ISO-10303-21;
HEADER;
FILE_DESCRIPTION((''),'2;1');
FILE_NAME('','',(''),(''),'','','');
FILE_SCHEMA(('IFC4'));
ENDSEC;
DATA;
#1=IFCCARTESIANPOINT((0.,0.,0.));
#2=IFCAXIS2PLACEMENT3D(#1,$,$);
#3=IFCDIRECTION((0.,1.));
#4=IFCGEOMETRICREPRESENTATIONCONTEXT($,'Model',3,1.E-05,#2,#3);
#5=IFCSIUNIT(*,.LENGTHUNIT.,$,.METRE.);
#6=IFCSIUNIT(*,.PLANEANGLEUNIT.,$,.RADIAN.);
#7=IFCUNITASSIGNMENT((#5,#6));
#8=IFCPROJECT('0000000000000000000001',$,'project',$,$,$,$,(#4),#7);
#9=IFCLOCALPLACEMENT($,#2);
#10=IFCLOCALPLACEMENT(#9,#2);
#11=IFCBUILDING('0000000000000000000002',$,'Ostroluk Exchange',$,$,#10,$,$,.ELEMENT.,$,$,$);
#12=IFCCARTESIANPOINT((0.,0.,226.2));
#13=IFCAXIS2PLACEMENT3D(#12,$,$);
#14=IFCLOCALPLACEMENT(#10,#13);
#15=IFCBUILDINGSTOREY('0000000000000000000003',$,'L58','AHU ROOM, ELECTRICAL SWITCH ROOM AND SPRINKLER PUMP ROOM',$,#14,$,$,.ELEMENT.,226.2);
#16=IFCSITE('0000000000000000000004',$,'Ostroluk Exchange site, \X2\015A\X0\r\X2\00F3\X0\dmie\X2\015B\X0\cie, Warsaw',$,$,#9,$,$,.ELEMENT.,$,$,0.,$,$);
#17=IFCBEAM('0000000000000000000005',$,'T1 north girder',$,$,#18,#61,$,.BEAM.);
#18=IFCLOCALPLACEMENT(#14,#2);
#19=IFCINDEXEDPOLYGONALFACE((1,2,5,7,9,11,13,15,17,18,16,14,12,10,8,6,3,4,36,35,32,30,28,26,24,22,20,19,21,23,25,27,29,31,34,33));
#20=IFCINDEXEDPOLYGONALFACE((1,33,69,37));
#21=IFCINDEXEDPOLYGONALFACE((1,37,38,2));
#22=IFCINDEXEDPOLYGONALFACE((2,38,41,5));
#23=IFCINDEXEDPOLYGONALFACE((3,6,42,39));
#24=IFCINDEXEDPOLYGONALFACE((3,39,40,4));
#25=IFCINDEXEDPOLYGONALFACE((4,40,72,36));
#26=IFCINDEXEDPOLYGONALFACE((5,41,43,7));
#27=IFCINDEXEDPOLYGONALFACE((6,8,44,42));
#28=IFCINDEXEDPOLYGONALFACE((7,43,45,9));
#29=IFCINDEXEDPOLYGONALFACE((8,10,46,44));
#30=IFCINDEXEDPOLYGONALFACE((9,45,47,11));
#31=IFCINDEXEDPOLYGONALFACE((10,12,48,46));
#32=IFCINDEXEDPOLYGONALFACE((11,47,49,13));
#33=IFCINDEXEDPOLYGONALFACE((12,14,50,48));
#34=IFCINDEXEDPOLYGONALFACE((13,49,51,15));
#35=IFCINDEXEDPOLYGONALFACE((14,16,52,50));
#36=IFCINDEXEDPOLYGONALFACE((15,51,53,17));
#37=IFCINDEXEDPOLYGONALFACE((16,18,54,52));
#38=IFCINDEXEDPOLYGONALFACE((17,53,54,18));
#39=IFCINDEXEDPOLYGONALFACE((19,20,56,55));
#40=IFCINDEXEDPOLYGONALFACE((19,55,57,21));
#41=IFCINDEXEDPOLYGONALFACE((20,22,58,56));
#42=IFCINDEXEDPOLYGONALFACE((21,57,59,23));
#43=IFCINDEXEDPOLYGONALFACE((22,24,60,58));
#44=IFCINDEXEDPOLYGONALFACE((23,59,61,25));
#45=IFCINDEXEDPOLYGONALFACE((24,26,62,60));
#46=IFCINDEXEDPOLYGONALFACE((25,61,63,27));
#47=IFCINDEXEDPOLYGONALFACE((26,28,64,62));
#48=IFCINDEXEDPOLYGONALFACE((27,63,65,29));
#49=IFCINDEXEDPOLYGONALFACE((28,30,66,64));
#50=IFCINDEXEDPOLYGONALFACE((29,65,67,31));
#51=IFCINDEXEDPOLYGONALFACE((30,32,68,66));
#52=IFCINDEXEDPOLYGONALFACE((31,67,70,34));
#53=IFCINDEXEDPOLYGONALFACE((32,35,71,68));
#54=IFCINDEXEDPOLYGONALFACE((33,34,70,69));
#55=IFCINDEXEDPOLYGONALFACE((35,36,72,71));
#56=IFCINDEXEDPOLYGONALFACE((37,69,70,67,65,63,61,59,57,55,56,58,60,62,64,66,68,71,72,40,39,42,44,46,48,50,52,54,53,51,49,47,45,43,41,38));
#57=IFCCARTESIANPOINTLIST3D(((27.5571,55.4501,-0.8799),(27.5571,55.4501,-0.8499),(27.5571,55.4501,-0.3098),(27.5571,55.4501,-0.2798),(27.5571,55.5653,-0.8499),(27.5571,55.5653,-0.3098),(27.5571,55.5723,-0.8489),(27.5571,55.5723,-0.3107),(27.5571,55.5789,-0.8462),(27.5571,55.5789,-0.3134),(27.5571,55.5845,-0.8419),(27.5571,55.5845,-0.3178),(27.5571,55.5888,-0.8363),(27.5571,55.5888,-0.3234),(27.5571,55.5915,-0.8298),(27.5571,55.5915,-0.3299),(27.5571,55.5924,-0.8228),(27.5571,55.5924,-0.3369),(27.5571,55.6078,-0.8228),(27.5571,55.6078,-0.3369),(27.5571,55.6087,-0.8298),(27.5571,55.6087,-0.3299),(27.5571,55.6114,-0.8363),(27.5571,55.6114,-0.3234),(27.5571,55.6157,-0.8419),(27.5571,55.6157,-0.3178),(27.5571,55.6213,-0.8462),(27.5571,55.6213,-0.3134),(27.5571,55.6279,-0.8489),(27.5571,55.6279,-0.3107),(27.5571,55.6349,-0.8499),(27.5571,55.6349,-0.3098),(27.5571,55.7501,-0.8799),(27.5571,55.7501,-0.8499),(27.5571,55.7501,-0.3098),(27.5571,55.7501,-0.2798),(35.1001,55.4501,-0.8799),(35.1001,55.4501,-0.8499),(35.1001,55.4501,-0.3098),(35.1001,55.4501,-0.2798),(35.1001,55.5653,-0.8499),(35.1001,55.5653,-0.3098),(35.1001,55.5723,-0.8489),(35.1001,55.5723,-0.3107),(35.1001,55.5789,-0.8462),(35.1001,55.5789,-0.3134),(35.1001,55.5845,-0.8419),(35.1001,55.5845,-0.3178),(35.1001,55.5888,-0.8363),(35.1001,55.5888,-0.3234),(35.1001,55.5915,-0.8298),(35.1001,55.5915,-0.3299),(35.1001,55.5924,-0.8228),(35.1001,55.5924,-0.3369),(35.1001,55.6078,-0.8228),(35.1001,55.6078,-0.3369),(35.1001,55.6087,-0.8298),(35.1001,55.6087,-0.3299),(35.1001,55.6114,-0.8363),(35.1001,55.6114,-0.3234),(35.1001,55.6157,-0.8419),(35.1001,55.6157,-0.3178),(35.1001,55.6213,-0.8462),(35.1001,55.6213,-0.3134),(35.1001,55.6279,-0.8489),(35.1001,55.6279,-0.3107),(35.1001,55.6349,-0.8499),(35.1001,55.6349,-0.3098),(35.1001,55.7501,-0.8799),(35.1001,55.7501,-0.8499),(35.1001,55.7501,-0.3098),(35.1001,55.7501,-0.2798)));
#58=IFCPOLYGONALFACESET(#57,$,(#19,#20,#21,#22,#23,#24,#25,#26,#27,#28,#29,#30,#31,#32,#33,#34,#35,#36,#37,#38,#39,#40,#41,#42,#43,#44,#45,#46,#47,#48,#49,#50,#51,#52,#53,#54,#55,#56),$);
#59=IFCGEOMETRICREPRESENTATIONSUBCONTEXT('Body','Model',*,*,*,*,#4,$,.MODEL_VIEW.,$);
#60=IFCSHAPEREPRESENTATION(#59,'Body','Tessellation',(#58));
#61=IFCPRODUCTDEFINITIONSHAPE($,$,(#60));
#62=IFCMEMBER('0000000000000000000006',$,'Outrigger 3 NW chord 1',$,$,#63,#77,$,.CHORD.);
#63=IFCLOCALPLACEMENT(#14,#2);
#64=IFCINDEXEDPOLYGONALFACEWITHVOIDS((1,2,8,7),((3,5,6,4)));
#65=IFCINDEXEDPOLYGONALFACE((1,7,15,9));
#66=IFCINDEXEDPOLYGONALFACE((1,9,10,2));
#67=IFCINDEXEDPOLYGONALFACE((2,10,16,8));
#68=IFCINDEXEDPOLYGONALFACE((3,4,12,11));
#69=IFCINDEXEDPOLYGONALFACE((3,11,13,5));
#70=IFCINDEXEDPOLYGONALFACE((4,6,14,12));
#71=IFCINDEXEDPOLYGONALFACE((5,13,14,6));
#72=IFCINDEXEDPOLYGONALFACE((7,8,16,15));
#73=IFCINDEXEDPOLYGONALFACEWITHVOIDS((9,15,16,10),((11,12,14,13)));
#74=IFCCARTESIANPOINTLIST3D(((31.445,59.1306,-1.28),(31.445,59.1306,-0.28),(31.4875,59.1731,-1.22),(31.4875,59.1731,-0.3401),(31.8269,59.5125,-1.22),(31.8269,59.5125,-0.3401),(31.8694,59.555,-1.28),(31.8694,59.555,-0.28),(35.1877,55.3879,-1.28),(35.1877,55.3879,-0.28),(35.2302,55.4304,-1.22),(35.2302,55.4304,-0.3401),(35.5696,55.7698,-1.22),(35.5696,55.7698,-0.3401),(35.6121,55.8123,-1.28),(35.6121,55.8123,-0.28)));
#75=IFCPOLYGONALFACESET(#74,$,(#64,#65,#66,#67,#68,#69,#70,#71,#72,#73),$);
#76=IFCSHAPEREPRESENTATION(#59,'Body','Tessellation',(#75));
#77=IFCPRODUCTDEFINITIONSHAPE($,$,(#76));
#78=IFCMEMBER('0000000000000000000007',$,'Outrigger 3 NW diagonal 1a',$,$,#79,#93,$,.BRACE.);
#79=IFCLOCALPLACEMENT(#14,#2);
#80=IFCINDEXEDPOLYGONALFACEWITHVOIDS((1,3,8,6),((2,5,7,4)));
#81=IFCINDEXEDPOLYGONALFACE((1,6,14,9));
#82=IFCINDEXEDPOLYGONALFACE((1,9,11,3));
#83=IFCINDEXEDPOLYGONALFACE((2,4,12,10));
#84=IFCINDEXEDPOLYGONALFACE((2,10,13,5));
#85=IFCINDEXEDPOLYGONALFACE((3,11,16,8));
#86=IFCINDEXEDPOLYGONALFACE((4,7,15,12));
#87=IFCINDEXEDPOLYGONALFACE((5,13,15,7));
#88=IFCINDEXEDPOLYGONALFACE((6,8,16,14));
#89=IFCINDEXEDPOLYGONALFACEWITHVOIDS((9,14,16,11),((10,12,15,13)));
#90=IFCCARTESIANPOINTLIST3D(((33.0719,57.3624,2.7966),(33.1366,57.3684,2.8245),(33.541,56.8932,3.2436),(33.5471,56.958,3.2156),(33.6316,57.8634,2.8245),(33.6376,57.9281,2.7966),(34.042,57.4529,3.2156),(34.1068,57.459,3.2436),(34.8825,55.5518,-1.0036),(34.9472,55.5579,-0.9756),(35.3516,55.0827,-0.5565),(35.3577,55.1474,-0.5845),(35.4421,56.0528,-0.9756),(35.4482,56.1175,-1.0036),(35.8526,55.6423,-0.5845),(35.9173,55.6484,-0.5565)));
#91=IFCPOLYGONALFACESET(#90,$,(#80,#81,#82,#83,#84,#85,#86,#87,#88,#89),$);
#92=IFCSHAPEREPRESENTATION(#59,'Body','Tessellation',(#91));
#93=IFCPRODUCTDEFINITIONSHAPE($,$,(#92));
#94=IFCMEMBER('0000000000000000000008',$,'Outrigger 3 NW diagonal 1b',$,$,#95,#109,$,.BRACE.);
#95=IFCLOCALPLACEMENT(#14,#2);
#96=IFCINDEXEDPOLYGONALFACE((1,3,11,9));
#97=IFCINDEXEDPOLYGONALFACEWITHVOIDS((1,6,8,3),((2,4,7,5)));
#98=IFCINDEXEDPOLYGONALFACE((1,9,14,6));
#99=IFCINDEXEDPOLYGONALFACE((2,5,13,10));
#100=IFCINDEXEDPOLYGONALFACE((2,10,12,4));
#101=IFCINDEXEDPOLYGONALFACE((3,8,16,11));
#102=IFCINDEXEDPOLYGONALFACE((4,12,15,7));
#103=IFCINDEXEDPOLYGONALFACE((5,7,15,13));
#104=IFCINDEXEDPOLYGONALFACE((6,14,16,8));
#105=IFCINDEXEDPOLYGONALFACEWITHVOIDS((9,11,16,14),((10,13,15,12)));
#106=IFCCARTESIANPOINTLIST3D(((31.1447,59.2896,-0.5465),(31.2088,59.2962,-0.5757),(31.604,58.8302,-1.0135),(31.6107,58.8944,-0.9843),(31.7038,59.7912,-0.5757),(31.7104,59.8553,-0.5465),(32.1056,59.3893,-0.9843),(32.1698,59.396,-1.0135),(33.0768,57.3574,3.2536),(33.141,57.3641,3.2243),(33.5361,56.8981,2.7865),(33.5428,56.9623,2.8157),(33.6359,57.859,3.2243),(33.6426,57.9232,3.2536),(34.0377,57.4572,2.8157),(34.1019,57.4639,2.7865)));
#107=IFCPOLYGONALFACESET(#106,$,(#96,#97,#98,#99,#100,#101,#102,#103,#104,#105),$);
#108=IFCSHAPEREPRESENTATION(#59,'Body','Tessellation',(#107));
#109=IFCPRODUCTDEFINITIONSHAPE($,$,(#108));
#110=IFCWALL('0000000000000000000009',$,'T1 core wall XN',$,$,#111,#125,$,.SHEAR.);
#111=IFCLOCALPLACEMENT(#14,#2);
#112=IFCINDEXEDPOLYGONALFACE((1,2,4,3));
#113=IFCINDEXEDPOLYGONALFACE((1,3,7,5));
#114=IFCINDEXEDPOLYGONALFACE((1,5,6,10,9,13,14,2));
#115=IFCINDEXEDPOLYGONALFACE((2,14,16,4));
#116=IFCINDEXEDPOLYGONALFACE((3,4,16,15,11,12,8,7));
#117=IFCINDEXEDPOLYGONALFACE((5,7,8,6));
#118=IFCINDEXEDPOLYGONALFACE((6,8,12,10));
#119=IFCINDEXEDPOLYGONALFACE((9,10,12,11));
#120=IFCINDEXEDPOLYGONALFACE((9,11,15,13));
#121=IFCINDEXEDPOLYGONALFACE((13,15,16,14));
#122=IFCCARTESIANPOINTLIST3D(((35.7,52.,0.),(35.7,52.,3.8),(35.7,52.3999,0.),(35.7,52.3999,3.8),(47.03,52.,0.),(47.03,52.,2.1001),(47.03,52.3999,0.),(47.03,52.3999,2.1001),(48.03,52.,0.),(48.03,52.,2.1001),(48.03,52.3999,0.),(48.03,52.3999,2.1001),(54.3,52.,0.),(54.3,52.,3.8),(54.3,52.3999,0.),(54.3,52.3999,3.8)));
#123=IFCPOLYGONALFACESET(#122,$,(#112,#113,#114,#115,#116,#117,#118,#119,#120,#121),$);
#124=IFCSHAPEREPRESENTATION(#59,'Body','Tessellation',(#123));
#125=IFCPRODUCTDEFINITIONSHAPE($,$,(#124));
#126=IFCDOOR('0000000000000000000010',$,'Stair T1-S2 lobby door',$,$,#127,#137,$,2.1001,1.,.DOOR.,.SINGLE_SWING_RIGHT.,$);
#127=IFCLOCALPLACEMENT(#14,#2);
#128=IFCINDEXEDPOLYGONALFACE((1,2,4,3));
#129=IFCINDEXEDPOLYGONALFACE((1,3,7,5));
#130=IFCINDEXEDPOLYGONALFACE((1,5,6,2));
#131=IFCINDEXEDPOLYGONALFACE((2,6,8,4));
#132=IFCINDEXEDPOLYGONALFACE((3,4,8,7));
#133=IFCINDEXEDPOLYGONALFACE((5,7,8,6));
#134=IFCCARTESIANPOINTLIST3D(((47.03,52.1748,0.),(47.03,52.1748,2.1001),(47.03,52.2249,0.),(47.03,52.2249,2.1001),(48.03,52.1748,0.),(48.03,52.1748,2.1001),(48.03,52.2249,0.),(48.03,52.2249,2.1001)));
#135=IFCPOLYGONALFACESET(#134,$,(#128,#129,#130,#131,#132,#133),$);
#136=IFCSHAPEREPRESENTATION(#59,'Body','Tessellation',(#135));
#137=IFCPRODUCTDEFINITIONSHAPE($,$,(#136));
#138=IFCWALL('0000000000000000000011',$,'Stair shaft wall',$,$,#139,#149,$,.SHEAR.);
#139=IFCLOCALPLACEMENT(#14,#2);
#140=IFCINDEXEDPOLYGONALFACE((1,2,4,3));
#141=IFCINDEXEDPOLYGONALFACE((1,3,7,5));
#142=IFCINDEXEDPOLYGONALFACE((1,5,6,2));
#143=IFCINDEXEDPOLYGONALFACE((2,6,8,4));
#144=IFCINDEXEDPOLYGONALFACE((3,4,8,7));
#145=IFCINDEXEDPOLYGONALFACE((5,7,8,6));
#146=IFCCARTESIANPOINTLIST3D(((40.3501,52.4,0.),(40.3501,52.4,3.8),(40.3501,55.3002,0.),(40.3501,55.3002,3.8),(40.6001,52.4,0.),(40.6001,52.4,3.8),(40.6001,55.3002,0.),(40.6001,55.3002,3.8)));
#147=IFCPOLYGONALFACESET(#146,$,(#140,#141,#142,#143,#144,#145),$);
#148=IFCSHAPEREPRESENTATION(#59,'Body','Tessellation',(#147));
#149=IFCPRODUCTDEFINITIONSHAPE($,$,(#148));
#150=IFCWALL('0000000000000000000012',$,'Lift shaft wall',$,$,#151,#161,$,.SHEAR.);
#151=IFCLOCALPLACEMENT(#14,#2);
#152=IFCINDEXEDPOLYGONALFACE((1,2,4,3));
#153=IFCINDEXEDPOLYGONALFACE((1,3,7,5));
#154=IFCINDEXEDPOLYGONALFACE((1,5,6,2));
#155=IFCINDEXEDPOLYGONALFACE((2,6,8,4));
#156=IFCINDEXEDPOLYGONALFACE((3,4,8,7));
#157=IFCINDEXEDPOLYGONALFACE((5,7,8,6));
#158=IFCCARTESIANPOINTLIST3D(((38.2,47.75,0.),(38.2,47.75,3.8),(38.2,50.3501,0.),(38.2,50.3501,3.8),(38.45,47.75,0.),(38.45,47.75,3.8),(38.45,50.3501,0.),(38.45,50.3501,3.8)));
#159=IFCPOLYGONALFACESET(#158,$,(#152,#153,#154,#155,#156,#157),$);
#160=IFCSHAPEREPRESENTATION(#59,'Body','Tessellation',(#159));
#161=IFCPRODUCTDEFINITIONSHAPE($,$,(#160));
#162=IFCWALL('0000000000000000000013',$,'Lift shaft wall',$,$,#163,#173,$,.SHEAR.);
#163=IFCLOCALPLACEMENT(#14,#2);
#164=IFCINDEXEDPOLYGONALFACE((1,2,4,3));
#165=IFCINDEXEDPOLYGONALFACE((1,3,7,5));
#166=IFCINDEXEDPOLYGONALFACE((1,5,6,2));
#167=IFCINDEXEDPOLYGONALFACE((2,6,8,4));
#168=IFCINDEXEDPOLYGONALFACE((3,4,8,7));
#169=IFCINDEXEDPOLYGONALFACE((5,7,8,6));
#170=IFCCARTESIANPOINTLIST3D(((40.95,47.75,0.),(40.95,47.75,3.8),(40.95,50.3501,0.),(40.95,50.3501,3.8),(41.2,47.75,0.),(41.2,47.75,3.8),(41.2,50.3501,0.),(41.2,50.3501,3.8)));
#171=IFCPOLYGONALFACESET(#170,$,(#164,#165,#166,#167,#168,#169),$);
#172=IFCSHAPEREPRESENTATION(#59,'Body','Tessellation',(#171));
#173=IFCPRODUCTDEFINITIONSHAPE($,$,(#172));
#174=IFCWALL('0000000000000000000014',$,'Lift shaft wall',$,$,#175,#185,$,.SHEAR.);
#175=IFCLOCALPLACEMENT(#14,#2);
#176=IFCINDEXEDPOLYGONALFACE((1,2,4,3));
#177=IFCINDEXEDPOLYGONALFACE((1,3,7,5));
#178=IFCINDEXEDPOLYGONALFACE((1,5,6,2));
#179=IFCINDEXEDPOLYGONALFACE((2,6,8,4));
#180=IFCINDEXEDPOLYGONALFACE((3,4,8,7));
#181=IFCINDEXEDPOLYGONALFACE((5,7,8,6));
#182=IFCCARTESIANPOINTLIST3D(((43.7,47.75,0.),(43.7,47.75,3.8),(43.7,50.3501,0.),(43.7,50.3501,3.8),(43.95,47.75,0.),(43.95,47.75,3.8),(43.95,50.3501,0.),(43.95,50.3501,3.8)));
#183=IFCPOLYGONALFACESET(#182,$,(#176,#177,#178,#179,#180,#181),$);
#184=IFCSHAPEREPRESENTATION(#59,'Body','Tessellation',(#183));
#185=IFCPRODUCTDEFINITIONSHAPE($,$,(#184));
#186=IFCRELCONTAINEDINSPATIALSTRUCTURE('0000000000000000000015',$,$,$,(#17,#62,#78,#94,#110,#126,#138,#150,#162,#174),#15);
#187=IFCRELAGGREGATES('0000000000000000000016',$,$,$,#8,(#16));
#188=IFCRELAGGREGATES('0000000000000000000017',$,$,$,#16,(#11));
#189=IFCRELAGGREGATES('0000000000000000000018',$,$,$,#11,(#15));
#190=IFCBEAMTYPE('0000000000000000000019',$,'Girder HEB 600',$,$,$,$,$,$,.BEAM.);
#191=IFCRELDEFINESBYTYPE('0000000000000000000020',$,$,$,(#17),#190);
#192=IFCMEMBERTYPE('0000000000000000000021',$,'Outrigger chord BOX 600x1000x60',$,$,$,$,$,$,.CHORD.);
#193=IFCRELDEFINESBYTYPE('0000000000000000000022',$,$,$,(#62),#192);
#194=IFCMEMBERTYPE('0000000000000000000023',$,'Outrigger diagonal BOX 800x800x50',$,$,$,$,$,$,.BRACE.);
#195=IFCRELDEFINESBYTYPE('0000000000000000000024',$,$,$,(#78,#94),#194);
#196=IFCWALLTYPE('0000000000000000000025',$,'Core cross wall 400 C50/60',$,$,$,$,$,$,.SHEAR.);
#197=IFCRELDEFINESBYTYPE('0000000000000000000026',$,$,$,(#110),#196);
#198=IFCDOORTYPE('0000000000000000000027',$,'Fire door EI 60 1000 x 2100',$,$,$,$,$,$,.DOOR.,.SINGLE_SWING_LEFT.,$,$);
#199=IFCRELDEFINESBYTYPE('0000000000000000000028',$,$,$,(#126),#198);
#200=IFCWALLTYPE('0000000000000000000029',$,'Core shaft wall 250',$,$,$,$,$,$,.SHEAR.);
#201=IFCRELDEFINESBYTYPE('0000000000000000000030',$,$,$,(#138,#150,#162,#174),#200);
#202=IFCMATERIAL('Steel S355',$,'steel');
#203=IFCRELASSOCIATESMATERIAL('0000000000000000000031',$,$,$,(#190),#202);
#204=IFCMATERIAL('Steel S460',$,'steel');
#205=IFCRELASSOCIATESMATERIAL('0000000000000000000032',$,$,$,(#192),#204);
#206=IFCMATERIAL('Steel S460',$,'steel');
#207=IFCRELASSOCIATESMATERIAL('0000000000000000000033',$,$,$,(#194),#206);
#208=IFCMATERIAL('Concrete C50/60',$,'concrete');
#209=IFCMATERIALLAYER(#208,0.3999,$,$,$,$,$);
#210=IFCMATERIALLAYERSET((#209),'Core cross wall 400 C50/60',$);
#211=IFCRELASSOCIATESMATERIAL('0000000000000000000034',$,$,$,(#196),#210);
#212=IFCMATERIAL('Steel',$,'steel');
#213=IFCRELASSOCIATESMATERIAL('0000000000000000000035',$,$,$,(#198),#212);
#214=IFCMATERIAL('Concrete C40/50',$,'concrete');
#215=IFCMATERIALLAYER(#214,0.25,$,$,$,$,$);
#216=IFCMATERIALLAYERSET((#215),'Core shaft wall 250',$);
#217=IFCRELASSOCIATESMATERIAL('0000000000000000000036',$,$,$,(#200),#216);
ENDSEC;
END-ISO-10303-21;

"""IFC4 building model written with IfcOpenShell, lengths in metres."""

from ifc_helpers import new_model, si_unit, direction, frame, frame_2d, origin, origin_2d, place, context, subcontext, project, spatial, rectangle, hollow_rectangle, i_section, extrude, material, layer, layer_set, material_profile, profile_set, type_object, element, fill, save


model = new_model("IFC4")

# Units and contexts
model_context = context("Model", 3, precision=1e-05, world=origin(), true_north=direction((0.0, 1.0)))
body_context = subcontext(model_context, "Body", "Model", "MODEL_VIEW")
ifc_project = project(units=[si_unit("LENGTHUNIT", "METRE"), si_unit("PLANEANGLEUNIT", "RADIAN")], contexts=[model_context])

# Site, building, storey
site_placement = place(None, origin())
site = spatial("IfcSite", under=ifc_project, at=site_placement, Name="Ostroluk Exchange site, Śródmieście, Warsaw", CompositionType="ELEMENT", RefElevation=0.0)
building_placement = place(site_placement, origin())
building = spatial("IfcBuilding", under=site, at=building_placement, Name="Ostroluk Exchange", CompositionType="ELEMENT")
storey_placement = place(building_placement, frame((0.0, 0.0, 226.2)))
storey = spatial("IfcBuildingStorey", under=building, at=storey_placement, Name="L58", Description="AHU ROOM, ELECTRICAL SWITCH ROOM AND SPRINKLER PUMP ROOM", CompositionType="ELEMENT", Elevation=226.2)

# Beam
ifc_material_1 = material(Name="Steel S355", Category="steel")
ifc_material_profile_1 = material_profile(ifc_material_1, i_section(OverallWidth=0.3, OverallDepth=0.6001, WebThickness=0.0154, FlangeThickness=0.03, FilletRadius=0.0271, at=origin_2d()), Name="HEB 600")
ifc_profile_set_1 = profile_set([ifc_material_profile_1], Name="Steel S355")
beam_type_1 = type_object("IfcBeamType", Name="Girder HEB 600", PredefinedType="BEAM", material=ifc_profile_set_1)
beam_placement = place(storey_placement, frame((35.1001, 55.6001, -0.5798), z_axis=(-1.0, 0.0, 0.0), x_axis=(0.0, -1.0, 0.0)))
element("IfcBeam", 1, at=beam_placement, inside=storey, type_object=beam_type_1, Name="T1 north girder", PredefinedType="BEAM", context=body_context, shape_type="SweptSolid", body=[
    extrude(i_section(OverallWidth=0.3, OverallDepth=0.6001, WebThickness=0.0154, FlangeThickness=0.03, FilletRadius=0.0271, at=origin_2d()), origin(), (0.0, 0.0, 1.0), 7.543),
])

# Members
ifc_material_2 = material(Name="Steel S460", Category="steel")
ifc_material_profile_2 = material_profile(ifc_material_2, hollow_rectangle(XDim=0.6001, YDim=1.0, WallThickness=0.0601, at=origin_2d()), Name="BOX 600x1000x60")
ifc_profile_set_2 = profile_set([ifc_material_profile_2], Name="Steel S460")
member_type_1 = type_object("IfcMemberType", Name="Outrigger chord BOX 600x1000x60", PredefinedType="CHORD", material=ifc_profile_set_2)
member_1_placement = place(storey_placement, frame((35.3999, 55.6001, -0.78), z_axis=(-0.707107, 0.707107, 0.0), x_axis=(-0.707107, -0.707107, 0.0)))
element("IfcMember", 2, at=member_1_placement, inside=storey, type_object=member_type_1, Name="Outrigger 3 NW chord 1", PredefinedType="CHORD", context=body_context, shape_type="SweptSolid", body=[
    extrude(hollow_rectangle(XDim=0.6001, YDim=1.0, WallThickness=0.0601, at=origin_2d()), origin(), (0.0, 0.0, 1.0), 5.293),
])
ifc_material_3 = material(Name="Steel S460", Category="steel")
ifc_material_profile_3 = material_profile(ifc_material_3, hollow_rectangle(XDim=0.8, YDim=0.8, WallThickness=0.05, at=origin_2d()), Name="BOX 800x800x50")
ifc_profile_set_3 = profile_set([ifc_material_profile_3], Name="Steel S460")
member_type_2 = type_object("IfcMemberType", Name="Outrigger diagonal BOX 800x800x50", PredefinedType="BRACE", material=ifc_profile_set_3)
member_2_placement = place(storey_placement, frame((35.3999, 55.6001, -0.78), z_axis=(-0.395126, 0.395126, 0.829307), x_axis=(-0.707107, -0.707107, 0.0)))
element("IfcMember", 3, at=member_2_placement, inside=storey, type_object=member_type_2, Name="Outrigger 3 NW diagonal 1a", PredefinedType="BRACE", context=body_context, shape_type="SweptSolid", body=[
    extrude(hollow_rectangle(XDim=0.8, YDim=0.8, WallThickness=0.05, at=origin_2d()), origin(), (0.0, 0.0, 1.0), 4.5823),
])
member_3_placement = place(storey_placement, frame((33.5894, 57.4106, 3.02), z_axis=(-0.412808, 0.412808, -0.811898), x_axis=(-0.707107, -0.707107, 0.0)))
element("IfcMember", 4, at=member_3_placement, inside=storey, type_object=member_type_2, Name="Outrigger 3 NW diagonal 1b", PredefinedType="BRACE", context=body_context, shape_type="SweptSolid", body=[
    extrude(hollow_rectangle(XDim=0.8, YDim=0.8, WallThickness=0.05, at=origin_2d()), origin(), (0.0, 0.0, 1.0), 4.6804),
])

# Wall, opening, door
ifc_material_4 = material(Name="Concrete C50/60", Category="concrete")
ifc_layer_1 = layer(ifc_material_4, 0.3999)
ifc_layer_set_1 = layer_set([ifc_layer_1], Name="Core cross wall 400 C50/60")
wall_type_1 = type_object("IfcWallType", Name="Core cross wall 400 C50/60", PredefinedType="SHEAR", material=ifc_layer_set_1)
wall_1_placement = place(storey_placement, frame((35.7, 52.2, 0.0), z_axis=(0.0, 0.0, 1.0), x_axis=(1.0, 0.0, 0.0)))
wall_1 = element("IfcWall", 5, at=wall_1_placement, inside=storey, type_object=wall_type_1, Name="T1 core wall XN", PredefinedType="SHEAR", context=body_context, shape_type="SweptSolid", body=[
    extrude(rectangle(XDim=18.6001, YDim=0.3999, at=frame_2d((9.3, 0.0))), origin(), (0.0, 0.0, 1.0), 3.8),
])
opening_1_placement = place(wall_1_placement, frame((11.3301, 0.0, 0.0)))
opening_1 = element("IfcOpeningElement", 6, at=opening_1_placement, cuts=wall_1, PredefinedType="OPENING", context=body_context, shape_type="SweptSolid", body=[
    extrude(rectangle(XDim=1.0, YDim=2.1001, at=frame_2d((0.5, 1.05))), frame((0.0, 0.21, 0.0), z_axis=(0.0, -1.0, 0.0), x_axis=(1.0, 0.0, 0.0)), (0.0, 0.0, 1.0), 0.4199),
])
ifc_material_5 = material(Name="Steel", Category="steel")
door_type = type_object("IfcDoorType", Name="Fire door EI 60 1000 x 2100", OperationType="SINGLE_SWING_LEFT", PredefinedType="DOOR", material=ifc_material_5)
door_1_placement = place(opening_1_placement, origin())
door_1 = element("IfcDoor", 7, at=door_1_placement, inside=storey, type_object=door_type, Name="Stair T1-S2 lobby door", OperationType="SINGLE_SWING_RIGHT", OverallHeight=2.1001, OverallWidth=1.0, PredefinedType="DOOR", context=body_context, shape_type="SweptSolid", body=[
    extrude(rectangle(XDim=1.0, YDim=2.1001, at=frame_2d((0.5, 1.05))), frame((0.0, 0.0249, 0.0), z_axis=(0.0, -1.0, 0.0), x_axis=(1.0, 0.0, 0.0)), (0.0, 0.0, 1.0), 0.05),
])
fill(opening_1, door_1)

# Walls
ifc_material_6 = material(Name="Concrete C40/50", Category="concrete")
ifc_layer_2 = layer(ifc_material_6, 0.25)
ifc_layer_set_2 = layer_set([ifc_layer_2], Name="Core shaft wall 250")
wall_type_2 = type_object("IfcWallType", Name="Core shaft wall 250", PredefinedType="SHEAR", material=ifc_layer_set_2)
wall_2_placement = place(storey_placement, frame((40.4751, 52.3999, 0.0), z_axis=(0.0, 0.0, 1.0), x_axis=(0.0, 1.0, 0.0)))
element("IfcWall", 8, at=wall_2_placement, inside=storey, type_object=wall_type_2, Name="Stair shaft wall", PredefinedType="SHEAR", context=body_context, shape_type="SweptSolid", body=[
    extrude(rectangle(XDim=2.9001, YDim=0.25, at=frame_2d((1.4502, 0.0))), origin(), (0.0, 0.0, 1.0), 3.8),
])
for number, where, z_axis, x_axis, name in (
    (9, (38.325, 47.75, 0.0), (0.0, 0.0, 1.0), (0.0, 1.0, 0.0), "Lift shaft wall"),
    (10, (41.075, 47.75, 0.0), (0.0, 0.0, 1.0), (0.0, 1.0, 0.0), "Lift shaft wall"),
    (11, (43.825, 47.75, 0.0), (0.0, 0.0, 1.0), (0.0, 1.0, 0.0), "Lift shaft wall"),
):
    element("IfcWall", number, at=place(storey_placement, frame(where, z_axis=z_axis, x_axis=x_axis)), inside=storey, type_object=wall_type_2, Name=name, PredefinedType="SHEAR", context=body_context, shape_type="SweptSolid", body=[
        extrude(rectangle(XDim=2.6001, YDim=0.25, at=frame_2d((1.3, 0.0))), origin(), (0.0, 0.0, 1.0), 3.8),
    ])

save(model, "model.ifc")
